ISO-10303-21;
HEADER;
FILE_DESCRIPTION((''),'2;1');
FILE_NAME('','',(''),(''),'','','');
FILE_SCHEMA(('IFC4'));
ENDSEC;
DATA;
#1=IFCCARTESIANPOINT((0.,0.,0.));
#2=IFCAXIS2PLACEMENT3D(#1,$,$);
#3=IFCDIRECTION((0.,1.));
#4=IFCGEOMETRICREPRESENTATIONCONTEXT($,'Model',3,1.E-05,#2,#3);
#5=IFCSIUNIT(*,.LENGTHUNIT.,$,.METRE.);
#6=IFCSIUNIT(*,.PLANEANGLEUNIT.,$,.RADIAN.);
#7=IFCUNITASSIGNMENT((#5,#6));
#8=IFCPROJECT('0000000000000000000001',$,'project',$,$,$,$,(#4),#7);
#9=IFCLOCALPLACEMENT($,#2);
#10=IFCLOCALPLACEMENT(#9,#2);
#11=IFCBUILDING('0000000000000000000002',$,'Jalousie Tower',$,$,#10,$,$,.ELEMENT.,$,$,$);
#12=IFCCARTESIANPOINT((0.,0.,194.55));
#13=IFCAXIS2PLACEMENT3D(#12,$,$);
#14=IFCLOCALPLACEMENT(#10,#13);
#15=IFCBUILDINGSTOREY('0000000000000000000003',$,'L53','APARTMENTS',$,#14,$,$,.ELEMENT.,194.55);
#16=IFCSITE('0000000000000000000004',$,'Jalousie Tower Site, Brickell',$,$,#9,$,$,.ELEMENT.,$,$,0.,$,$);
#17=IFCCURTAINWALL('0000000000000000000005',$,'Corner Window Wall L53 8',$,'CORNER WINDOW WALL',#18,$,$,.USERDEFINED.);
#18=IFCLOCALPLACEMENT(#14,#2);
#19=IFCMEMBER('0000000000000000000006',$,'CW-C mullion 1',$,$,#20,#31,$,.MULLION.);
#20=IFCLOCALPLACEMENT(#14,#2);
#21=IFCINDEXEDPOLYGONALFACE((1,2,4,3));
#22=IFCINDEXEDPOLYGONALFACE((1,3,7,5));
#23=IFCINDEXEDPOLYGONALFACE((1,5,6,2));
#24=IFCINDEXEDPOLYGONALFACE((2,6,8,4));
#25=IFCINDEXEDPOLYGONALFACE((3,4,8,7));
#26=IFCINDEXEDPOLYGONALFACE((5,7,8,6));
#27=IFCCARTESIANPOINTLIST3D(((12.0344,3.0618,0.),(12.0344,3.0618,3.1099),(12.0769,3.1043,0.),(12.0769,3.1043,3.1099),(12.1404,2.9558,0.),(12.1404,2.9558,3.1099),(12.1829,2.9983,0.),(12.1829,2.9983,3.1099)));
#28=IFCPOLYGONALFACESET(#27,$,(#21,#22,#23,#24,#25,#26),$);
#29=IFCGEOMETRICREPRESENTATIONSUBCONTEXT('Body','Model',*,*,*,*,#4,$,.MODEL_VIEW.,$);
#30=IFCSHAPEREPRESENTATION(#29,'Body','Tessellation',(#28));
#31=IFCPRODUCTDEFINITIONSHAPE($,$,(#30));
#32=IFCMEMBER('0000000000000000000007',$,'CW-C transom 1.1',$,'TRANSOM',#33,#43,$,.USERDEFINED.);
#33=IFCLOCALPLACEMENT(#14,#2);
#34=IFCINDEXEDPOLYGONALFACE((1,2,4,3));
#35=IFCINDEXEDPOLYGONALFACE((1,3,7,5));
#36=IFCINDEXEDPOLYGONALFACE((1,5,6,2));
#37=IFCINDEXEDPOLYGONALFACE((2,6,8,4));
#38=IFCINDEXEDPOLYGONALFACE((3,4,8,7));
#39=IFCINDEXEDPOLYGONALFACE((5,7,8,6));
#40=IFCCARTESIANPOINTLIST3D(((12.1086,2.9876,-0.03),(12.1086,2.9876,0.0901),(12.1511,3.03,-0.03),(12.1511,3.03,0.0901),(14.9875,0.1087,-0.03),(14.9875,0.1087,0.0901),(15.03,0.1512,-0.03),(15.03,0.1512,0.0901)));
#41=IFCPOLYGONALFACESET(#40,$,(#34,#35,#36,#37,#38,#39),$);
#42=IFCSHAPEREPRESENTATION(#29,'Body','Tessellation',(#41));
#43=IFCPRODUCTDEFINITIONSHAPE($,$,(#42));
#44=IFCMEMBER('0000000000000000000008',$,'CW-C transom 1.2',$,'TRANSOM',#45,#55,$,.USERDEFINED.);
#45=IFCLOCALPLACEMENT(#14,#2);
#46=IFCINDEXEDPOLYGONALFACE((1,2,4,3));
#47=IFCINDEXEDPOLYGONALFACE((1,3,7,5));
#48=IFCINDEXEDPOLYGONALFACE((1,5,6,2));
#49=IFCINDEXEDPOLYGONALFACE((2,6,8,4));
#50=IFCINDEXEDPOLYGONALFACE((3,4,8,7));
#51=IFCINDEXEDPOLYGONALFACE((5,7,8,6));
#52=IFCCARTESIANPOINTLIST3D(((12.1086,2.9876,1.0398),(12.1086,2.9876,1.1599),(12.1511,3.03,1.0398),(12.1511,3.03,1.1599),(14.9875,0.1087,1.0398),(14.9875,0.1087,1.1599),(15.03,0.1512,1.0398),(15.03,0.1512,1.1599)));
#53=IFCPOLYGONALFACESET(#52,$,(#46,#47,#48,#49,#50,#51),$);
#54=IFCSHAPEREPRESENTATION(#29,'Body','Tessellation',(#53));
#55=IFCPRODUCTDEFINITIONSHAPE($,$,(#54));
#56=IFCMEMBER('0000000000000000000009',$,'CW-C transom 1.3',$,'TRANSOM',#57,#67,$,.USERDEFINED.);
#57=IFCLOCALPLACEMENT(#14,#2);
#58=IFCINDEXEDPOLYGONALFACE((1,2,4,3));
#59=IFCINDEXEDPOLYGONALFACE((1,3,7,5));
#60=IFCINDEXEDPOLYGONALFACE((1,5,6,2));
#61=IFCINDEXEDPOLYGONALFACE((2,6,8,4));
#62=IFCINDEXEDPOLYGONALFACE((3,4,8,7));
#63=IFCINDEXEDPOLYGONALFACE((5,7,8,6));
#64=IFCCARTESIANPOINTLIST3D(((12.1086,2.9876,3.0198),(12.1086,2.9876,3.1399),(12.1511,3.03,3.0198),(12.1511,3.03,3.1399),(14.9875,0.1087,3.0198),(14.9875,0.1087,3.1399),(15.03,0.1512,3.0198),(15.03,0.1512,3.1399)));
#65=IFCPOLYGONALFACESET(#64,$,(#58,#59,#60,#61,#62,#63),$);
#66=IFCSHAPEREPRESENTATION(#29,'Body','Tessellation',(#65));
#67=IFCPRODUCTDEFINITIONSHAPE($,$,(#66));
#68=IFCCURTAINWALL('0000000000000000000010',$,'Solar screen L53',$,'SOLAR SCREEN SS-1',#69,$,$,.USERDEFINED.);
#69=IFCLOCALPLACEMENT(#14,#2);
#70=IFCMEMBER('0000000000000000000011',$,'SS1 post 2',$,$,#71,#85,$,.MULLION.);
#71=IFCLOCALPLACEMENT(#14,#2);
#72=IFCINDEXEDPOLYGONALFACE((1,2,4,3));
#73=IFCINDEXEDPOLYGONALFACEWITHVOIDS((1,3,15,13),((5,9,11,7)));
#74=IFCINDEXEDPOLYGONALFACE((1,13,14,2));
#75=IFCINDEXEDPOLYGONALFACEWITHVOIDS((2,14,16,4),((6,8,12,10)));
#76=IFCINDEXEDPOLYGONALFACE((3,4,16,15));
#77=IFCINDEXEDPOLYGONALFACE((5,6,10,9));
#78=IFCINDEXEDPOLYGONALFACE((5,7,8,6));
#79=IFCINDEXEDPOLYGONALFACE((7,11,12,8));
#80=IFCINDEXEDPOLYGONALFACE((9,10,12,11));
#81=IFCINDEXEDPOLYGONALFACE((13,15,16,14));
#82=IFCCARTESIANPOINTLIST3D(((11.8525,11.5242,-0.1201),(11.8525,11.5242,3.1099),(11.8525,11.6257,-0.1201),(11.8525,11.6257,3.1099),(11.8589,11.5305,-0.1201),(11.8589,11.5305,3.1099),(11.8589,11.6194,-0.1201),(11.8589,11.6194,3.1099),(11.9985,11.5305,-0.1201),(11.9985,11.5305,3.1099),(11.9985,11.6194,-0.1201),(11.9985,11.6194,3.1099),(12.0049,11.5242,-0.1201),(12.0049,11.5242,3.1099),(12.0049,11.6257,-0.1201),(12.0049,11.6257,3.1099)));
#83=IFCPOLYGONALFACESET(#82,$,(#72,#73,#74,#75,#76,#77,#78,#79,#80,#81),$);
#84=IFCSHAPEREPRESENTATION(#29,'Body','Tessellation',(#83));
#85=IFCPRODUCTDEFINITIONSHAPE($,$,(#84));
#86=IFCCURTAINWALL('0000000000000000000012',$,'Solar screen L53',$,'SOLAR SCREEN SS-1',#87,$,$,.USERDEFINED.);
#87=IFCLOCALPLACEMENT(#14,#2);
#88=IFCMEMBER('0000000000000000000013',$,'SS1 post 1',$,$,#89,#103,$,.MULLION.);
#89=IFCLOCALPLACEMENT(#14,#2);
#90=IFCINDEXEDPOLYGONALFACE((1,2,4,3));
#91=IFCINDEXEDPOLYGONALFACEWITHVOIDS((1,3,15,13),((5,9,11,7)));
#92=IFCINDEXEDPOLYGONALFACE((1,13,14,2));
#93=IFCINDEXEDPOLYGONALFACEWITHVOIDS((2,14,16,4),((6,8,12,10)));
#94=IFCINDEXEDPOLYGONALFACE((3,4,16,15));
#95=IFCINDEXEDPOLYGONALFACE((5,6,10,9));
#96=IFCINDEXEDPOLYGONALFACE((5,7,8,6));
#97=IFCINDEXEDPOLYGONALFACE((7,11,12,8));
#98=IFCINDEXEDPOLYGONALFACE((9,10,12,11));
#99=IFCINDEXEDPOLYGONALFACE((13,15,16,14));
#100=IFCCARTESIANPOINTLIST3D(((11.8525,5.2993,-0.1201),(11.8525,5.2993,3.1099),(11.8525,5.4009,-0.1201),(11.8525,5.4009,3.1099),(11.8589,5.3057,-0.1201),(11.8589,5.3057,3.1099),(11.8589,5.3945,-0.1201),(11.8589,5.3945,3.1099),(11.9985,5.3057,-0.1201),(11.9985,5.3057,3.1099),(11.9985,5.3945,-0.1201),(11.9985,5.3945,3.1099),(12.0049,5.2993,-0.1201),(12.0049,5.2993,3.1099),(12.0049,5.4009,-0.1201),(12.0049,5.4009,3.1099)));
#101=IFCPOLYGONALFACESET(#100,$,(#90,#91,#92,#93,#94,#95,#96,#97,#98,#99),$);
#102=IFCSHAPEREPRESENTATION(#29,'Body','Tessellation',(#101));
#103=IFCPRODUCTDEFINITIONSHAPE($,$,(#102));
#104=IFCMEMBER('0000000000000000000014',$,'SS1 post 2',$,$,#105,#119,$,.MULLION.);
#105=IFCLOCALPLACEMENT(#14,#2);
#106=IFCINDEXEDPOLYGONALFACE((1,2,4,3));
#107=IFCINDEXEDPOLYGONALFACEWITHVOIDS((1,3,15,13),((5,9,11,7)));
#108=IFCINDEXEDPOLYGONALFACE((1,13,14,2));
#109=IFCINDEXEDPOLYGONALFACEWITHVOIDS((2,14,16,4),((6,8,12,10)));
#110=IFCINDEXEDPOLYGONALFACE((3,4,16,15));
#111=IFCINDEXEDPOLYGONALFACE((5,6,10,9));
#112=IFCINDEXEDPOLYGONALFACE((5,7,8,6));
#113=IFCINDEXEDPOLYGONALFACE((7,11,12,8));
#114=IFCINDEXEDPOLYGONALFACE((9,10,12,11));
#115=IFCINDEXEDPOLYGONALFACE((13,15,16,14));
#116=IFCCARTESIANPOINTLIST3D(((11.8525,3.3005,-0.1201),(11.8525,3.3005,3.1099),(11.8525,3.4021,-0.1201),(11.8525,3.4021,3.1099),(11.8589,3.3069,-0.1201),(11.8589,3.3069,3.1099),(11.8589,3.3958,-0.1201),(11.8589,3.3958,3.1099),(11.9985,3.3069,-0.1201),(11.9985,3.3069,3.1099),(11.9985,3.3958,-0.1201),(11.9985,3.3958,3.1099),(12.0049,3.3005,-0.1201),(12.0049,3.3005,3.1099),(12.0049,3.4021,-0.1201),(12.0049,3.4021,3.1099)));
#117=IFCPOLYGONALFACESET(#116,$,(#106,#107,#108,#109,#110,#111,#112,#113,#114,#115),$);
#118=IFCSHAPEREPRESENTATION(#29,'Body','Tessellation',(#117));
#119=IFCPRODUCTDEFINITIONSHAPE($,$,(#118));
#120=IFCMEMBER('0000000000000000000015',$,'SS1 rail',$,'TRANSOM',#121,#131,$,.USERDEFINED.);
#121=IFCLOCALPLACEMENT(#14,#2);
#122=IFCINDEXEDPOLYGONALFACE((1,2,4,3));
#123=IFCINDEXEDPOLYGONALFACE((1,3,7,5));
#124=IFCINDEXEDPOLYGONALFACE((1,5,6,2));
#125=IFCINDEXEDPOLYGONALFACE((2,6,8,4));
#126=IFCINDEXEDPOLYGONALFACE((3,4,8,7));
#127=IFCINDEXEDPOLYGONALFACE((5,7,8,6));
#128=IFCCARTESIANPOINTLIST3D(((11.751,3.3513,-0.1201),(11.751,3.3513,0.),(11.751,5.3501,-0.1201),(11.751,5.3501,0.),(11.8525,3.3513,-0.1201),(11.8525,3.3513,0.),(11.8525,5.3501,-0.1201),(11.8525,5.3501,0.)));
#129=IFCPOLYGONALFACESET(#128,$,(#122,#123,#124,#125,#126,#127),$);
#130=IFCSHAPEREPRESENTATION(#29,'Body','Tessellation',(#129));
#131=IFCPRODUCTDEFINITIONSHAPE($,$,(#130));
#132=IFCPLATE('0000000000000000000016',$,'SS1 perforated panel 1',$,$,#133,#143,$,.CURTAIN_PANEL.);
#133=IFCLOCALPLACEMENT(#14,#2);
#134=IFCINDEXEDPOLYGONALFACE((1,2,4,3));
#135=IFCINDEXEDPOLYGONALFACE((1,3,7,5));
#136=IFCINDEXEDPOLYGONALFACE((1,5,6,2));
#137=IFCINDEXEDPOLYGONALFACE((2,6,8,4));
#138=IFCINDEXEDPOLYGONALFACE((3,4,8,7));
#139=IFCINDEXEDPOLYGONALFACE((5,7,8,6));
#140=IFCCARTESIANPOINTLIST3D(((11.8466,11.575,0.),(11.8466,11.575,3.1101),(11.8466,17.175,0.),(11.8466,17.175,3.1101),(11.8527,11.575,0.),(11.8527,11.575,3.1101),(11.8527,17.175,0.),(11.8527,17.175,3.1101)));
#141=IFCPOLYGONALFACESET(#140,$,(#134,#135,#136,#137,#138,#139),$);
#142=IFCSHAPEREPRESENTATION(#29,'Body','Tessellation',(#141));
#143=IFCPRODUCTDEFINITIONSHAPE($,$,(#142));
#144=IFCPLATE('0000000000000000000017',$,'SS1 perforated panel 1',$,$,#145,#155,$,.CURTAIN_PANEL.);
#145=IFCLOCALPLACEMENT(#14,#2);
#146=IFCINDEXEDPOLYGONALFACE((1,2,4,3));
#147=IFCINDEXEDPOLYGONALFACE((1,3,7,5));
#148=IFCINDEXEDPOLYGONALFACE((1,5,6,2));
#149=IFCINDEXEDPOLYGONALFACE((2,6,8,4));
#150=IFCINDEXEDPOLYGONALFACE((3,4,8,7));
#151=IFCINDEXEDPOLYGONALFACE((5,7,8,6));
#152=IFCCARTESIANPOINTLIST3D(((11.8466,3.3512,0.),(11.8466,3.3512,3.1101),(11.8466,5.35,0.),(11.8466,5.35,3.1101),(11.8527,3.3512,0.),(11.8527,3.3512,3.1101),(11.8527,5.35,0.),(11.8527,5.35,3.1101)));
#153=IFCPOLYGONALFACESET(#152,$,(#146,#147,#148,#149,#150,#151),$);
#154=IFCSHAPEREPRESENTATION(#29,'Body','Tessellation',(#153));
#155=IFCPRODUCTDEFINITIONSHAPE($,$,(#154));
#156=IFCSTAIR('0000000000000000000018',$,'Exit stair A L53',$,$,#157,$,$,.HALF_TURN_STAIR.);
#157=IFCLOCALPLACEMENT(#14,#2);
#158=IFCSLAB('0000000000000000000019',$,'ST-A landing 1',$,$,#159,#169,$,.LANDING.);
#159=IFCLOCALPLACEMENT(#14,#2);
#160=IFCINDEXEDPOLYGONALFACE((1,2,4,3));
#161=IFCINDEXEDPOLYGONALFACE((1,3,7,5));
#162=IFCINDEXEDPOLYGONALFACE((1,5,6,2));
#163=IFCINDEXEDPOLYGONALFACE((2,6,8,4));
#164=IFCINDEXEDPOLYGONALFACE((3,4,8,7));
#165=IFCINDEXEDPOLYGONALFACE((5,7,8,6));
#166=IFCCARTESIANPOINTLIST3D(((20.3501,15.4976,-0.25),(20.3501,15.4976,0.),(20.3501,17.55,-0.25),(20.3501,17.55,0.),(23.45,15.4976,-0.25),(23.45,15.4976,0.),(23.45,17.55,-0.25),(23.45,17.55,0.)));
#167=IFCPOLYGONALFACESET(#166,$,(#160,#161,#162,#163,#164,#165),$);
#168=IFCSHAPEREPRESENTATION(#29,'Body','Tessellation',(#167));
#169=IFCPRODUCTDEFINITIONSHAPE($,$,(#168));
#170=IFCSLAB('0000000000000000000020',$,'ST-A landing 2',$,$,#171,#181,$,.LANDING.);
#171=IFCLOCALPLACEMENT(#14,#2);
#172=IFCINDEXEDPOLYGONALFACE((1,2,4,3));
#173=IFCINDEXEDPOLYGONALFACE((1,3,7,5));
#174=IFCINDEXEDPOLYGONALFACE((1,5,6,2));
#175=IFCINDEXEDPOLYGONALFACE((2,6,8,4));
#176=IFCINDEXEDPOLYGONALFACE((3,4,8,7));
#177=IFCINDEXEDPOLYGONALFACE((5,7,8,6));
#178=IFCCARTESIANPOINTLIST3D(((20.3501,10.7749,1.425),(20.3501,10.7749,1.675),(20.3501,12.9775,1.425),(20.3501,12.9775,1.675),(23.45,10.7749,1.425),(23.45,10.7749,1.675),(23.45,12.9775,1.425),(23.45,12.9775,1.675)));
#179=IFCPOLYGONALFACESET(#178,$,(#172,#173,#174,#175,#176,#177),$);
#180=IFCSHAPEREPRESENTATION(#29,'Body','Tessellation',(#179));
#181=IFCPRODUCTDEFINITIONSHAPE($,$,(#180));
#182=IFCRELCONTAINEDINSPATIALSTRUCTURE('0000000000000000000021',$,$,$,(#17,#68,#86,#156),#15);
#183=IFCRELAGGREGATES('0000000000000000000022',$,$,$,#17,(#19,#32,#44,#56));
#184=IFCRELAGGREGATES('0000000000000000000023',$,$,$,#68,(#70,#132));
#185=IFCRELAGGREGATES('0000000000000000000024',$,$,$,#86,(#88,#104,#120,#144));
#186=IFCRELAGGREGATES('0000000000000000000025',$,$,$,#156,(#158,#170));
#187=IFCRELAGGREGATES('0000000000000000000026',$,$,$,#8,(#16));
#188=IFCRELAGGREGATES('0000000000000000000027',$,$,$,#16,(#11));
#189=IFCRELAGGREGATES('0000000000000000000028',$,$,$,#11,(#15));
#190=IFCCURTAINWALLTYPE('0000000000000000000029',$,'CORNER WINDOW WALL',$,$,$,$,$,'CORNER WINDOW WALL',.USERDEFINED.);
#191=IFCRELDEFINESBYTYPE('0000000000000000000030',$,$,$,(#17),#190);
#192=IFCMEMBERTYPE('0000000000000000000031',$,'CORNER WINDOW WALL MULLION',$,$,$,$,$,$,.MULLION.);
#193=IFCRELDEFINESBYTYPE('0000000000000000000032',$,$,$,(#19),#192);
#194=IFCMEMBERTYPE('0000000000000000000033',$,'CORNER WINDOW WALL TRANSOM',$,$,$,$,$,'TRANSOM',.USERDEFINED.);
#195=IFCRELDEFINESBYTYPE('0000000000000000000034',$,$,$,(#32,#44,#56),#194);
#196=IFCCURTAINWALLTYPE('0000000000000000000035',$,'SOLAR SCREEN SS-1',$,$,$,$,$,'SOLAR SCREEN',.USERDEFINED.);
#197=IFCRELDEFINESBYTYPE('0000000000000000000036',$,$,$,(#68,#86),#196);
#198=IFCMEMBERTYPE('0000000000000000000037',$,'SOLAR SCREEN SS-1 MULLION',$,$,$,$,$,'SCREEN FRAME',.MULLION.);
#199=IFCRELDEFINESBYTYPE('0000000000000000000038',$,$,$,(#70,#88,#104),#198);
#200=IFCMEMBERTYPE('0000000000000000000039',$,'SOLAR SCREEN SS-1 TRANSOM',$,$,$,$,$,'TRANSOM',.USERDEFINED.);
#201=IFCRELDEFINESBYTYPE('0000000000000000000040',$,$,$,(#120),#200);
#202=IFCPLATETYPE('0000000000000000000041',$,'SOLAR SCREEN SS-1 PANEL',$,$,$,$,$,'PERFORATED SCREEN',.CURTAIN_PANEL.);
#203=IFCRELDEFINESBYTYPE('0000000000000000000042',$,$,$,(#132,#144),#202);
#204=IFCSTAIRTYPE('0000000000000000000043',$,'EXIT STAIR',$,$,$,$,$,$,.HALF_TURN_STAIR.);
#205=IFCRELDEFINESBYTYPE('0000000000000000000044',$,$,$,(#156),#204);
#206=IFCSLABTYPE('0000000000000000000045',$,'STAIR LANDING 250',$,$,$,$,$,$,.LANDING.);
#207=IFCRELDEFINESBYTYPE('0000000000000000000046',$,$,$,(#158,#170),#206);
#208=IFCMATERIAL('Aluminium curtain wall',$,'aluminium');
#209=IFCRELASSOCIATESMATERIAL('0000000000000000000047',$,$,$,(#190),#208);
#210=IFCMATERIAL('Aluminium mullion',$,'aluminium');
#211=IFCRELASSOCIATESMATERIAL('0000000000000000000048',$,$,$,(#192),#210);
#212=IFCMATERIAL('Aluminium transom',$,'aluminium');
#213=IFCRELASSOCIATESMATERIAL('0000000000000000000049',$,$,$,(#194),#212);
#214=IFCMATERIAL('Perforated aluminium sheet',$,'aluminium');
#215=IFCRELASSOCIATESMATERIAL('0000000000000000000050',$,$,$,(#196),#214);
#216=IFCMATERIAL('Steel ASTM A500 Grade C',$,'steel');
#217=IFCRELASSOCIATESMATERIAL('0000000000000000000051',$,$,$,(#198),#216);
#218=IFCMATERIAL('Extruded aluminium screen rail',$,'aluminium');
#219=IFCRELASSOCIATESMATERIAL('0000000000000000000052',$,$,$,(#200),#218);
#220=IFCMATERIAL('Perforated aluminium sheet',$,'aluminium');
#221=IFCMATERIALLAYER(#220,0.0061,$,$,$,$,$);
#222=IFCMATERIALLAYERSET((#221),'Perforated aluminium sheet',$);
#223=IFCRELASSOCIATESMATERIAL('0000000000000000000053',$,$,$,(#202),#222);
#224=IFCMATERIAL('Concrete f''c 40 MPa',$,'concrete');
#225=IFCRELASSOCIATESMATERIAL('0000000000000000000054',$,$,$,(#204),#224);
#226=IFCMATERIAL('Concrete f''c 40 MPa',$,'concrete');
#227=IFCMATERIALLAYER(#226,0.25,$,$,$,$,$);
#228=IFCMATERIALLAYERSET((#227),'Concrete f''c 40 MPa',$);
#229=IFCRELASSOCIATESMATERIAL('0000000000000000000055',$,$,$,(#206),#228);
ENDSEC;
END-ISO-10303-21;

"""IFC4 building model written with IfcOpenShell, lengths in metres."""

from ifc_helpers import new_model, si_unit, direction, frame, origin, origin_2d, place, context, subcontext, project, spatial, polyline, rectangle, hollow_rectangle, outline, extrude, material, layer, layer_set, material_profile, profile_set, type_object, element, aggregate, save


model = new_model("IFC4")

# Units and contexts
model_context = context("Model", 3, precision=1e-05, world=origin(), true_north=direction((0.0, 1.0)))
body_context = subcontext(model_context, "Body", "Model", "MODEL_VIEW")
ifc_project = project(units=[si_unit("LENGTHUNIT", "METRE"), si_unit("PLANEANGLEUNIT", "RADIAN")], contexts=[model_context])

# Site, building, storey
site_placement = place(None, origin())
site = spatial("IfcSite", under=ifc_project, at=site_placement, Name="Jalousie Tower Site, Brickell", CompositionType="ELEMENT", RefElevation=0.0)
building_placement = place(site_placement, origin())
building = spatial("IfcBuilding", under=site, at=building_placement, Name="Jalousie Tower", CompositionType="ELEMENT")
storey_placement = place(building_placement, frame((0.0, 0.0, 194.55)))
storey = spatial("IfcBuildingStorey", under=building, at=storey_placement, Name="L53", Description="APARTMENTS", CompositionType="ELEMENT", Elevation=194.55)

# Curtain wall, members
ifc_material_1 = material(Name="Aluminium curtain wall", Category="aluminium")
curtain_wall_type_1 = type_object("IfcCurtainWallType", Name="CORNER WINDOW WALL", ElementType="CORNER WINDOW WALL", PredefinedType="USERDEFINED", material=ifc_material_1)
curtain_wall_1_placement = place(storey_placement, origin())
curtain_wall_1 = element("IfcCurtainWall", 1, at=curtain_wall_1_placement, inside=storey, type_object=curtain_wall_type_1, Name="Corner Window Wall L53 8", ObjectType="CORNER WINDOW WALL", PredefinedType="USERDEFINED")
ifc_material_2 = material(Name="Aluminium mullion", Category="aluminium")
ifc_material_profile_1 = material_profile(ifc_material_2, rectangle(XDim=0.0601, YDim=0.1499, at=origin_2d()), Name="MULLION 60x150")
ifc_profile_set_1 = profile_set([ifc_material_profile_1], Name="Aluminium mullion")
member_type_1 = type_object("IfcMemberType", Name="CORNER WINDOW WALL MULLION", PredefinedType="MULLION", material=ifc_profile_set_1)
member_1_placement = place(storey_placement, frame((12.1086, 3.03, 0.0), z_axis=(0.0, 0.0, 1.0), x_axis=(0.707107, 0.707107, 0.0)))
member_1 = element("IfcMember", 2, at=member_1_placement, type_object=member_type_1, Name="CW-C mullion 1", PredefinedType="MULLION", context=body_context, shape_type="SweptSolid", body=[
    extrude(rectangle(XDim=0.0601, YDim=0.1499, at=origin_2d()), origin(), (0.0, 0.0, 1.0), 3.1099),
])
ifc_material_3 = material(Name="Aluminium transom", Category="aluminium")
ifc_material_profile_2 = material_profile(ifc_material_3, rectangle(XDim=0.0601, YDim=0.1201, at=origin_2d()), Name="TRANSOM 60x120")
ifc_profile_set_2 = profile_set([ifc_material_profile_2], Name="Aluminium transom")
member_type_2 = type_object("IfcMemberType", Name="CORNER WINDOW WALL TRANSOM", ElementType="TRANSOM", PredefinedType="USERDEFINED", material=ifc_profile_set_2)
member_2_placement = place(storey_placement, frame((12.1299, 3.0088, 0.03), z_axis=(0.707107, -0.707107, 0.0), x_axis=(0.707107, 0.707107, 0.0)))
member_2 = element("IfcMember", 3, at=member_2_placement, type_object=member_type_2, Name="CW-C transom 1.1", ObjectType="TRANSOM", PredefinedType="USERDEFINED", context=body_context, shape_type="SweptSolid", body=[
    extrude(rectangle(XDim=0.0601, YDim=0.1201, at=origin_2d()), origin(), (0.0, 0.0, 1.0), 4.0713),
])
member_3_placement = place(storey_placement, frame((12.1299, 3.0088, 1.0999), z_axis=(0.707107, -0.707107, 0.0), x_axis=(0.707107, 0.707107, 0.0)))
member_3 = element("IfcMember", 4, at=member_3_placement, type_object=member_type_2, Name="CW-C transom 1.2", ObjectType="TRANSOM", PredefinedType="USERDEFINED", context=body_context, shape_type="SweptSolid", body=[
    extrude(rectangle(XDim=0.0601, YDim=0.1201, at=origin_2d()), origin(), (0.0, 0.0, 1.0), 4.0713),
])
member_4_placement = place(storey_placement, frame((12.1299, 3.0088, 3.0798), z_axis=(0.707107, -0.707107, 0.0), x_axis=(0.707107, 0.707107, 0.0)))
member_4 = element("IfcMember", 5, at=member_4_placement, type_object=member_type_2, Name="CW-C transom 1.3", ObjectType="TRANSOM", PredefinedType="USERDEFINED", context=body_context, shape_type="SweptSolid", body=[
    extrude(rectangle(XDim=0.0601, YDim=0.1201, at=origin_2d()), origin(), (0.0, 0.0, 1.0), 4.0713),
])
aggregate(curtain_wall_1, [member_1, member_2, member_3, member_4])

# Curtain wall, member
ifc_material_4 = material(Name="Perforated aluminium sheet", Category="aluminium")
curtain_wall_type_2 = type_object("IfcCurtainWallType", Name="SOLAR SCREEN SS-1", ElementType="SOLAR SCREEN", PredefinedType="USERDEFINED", material=ifc_material_4)
curtain_wall_2_placement = place(storey_placement, origin())
curtain_wall_2 = element("IfcCurtainWall", 6, at=curtain_wall_2_placement, inside=storey, type_object=curtain_wall_type_2, Name="Solar screen L53", ObjectType="SOLAR SCREEN SS-1", PredefinedType="USERDEFINED")
ifc_material_5 = material(Name="Steel ASTM A500 Grade C", Category="steel")
ifc_material_profile_3 = material_profile(ifc_material_5, hollow_rectangle(XDim=0.1016, YDim=0.1523, WallThickness=0.0063, at=origin_2d()), Name="HSS6X4X1/4")
ifc_profile_set_3 = profile_set([ifc_material_profile_3], Name="Steel ASTM A500 Grade C")
member_type_3 = type_object("IfcMemberType", Name="SOLAR SCREEN SS-1 MULLION", ElementType="SCREEN FRAME", PredefinedType="MULLION", material=ifc_profile_set_3)
member_5_placement = place(storey_placement, frame((11.9287, 11.575, -0.1201), z_axis=(0.0, 0.0, 1.0), x_axis=(0.0, -1.0, 0.0)))
member_5 = element("IfcMember", 7, at=member_5_placement, type_object=member_type_3, Name="SS1 post 2", PredefinedType="MULLION", context=body_context, shape_type="SweptSolid", body=[
    extrude(hollow_rectangle(XDim=0.1016, YDim=0.1523, WallThickness=0.0063, at=origin_2d()), origin(), (0.0, 0.0, 1.0), 3.23),
])

# Curtain wall, members
curtain_wall_3_placement = place(storey_placement, origin())
curtain_wall_3 = element("IfcCurtainWall", 8, at=curtain_wall_3_placement, inside=storey, type_object=curtain_wall_type_2, Name="Solar screen L53", ObjectType="SOLAR SCREEN SS-1", PredefinedType="USERDEFINED")
member_6_placement = place(storey_placement, frame((11.9287, 5.3501, -0.1201), z_axis=(0.0, 0.0, 1.0), x_axis=(0.0, -1.0, 0.0)))
member_6 = element("IfcMember", 9, at=member_6_placement, type_object=member_type_3, Name="SS1 post 1", PredefinedType="MULLION", context=body_context, shape_type="SweptSolid", body=[
    extrude(hollow_rectangle(XDim=0.1016, YDim=0.1523, WallThickness=0.0063, at=origin_2d()), origin(), (0.0, 0.0, 1.0), 3.23),
])
member_7_placement = place(storey_placement, frame((11.9287, 3.3513, -0.1201), z_axis=(0.0, 0.0, 1.0), x_axis=(0.0, -1.0, 0.0)))
member_7 = element("IfcMember", 10, at=member_7_placement, type_object=member_type_3, Name="SS1 post 2", PredefinedType="MULLION", context=body_context, shape_type="SweptSolid", body=[
    extrude(hollow_rectangle(XDim=0.1016, YDim=0.1523, WallThickness=0.0063, at=origin_2d()), origin(), (0.0, 0.0, 1.0), 3.23),
])
ifc_material_6 = material(Name="Extruded aluminium screen rail", Category="aluminium")
ifc_material_profile_4 = material_profile(ifc_material_6, rectangle(XDim=0.1016, YDim=0.1201, at=origin_2d()), Name="RAIL 102x120")
ifc_profile_set_4 = profile_set([ifc_material_profile_4], Name="Extruded aluminium screen rail")
member_type_4 = type_object("IfcMemberType", Name="SOLAR SCREEN SS-1 TRANSOM", ElementType="TRANSOM", PredefinedType="USERDEFINED", material=ifc_profile_set_4)
member_8_placement = place(storey_placement, frame((11.8018, 5.3501, -0.0601), z_axis=(0.0, -1.0, 0.0), x_axis=(1.0, 0.0, 0.0)))
member_8 = element("IfcMember", 11, at=member_8_placement, type_object=member_type_4, Name="SS1 rail", ObjectType="TRANSOM", PredefinedType="USERDEFINED", context=body_context, shape_type="SweptSolid", body=[
    extrude(rectangle(XDim=0.1016, YDim=0.1201, at=origin_2d()), origin(), (0.0, 0.0, 1.0), 1.9988),
])

# Plates
ifc_material_7 = material(Name="Perforated aluminium sheet", Category="aluminium")
ifc_layer_1 = layer(ifc_material_7, 0.0061)
ifc_layer_set_1 = layer_set([ifc_layer_1], Name="Perforated aluminium sheet")
plate_type = type_object("IfcPlateType", Name="SOLAR SCREEN SS-1 PANEL", ElementType="PERFORATED SCREEN", PredefinedType="CURTAIN_PANEL", material=ifc_layer_set_1)
plate_1_placement = place(storey_placement, frame((11.8496, 14.375, 0.0), z_axis=(0.0, 0.0, 1.0), x_axis=(0.0, -1.0, 0.0)))
plate_1 = element("IfcPlate", 12, at=plate_1_placement, type_object=plate_type, Name="SS1 perforated panel 1", PredefinedType="CURTAIN_PANEL", context=body_context, shape_type="SweptSolid", body=[
    extrude(rectangle(XDim=5.6001, YDim=0.0061, at=origin_2d()), origin(), (0.0, 0.0, 1.0), 3.1101),
])
aggregate(curtain_wall_2, [member_5, plate_1])
plate_2_placement = place(storey_placement, frame((11.8496, 4.3506, 0.0), z_axis=(0.0, 0.0, 1.0), x_axis=(0.0, -1.0, 0.0)))
plate_2 = element("IfcPlate", 13, at=plate_2_placement, type_object=plate_type, Name="SS1 perforated panel 1", PredefinedType="CURTAIN_PANEL", context=body_context, shape_type="SweptSolid", body=[
    extrude(rectangle(XDim=1.9988, YDim=0.0061, at=origin_2d()), origin(), (0.0, 0.0, 1.0), 3.1101),
])
aggregate(curtain_wall_3, [member_6, member_7, member_8, plate_2])

# Stair, slabs
ifc_material_8 = material(Name="Concrete f'c 40 MPa", Category="concrete")
stair_type = type_object("IfcStairType", Name="EXIT STAIR", PredefinedType="HALF_TURN_STAIR", material=ifc_material_8)
stair_1_placement = place(storey_placement, origin())
stair_1 = element("IfcStair", 14, at=stair_1_placement, inside=storey, type_object=stair_type, Name="Exit stair A L53", PredefinedType="HALF_TURN_STAIR")
ifc_material_9 = material(Name="Concrete f'c 40 MPa", Category="concrete")
ifc_layer_2 = layer(ifc_material_9, 0.25)
ifc_layer_set_2 = layer_set([ifc_layer_2], Name="Concrete f'c 40 MPa")
slab_type_1 = type_object("IfcSlabType", Name="STAIR LANDING 250", PredefinedType="LANDING", material=ifc_layer_set_2)
slab_1_placement = place(storey_placement, frame((0.0, 0.0, -0.25)))
slab_1 = element("IfcSlab", 15, at=slab_1_placement, type_object=slab_type_1, Name="ST-A landing 1", PredefinedType="LANDING", context=body_context, shape_type="SweptSolid", body=[
    extrude(outline(polyline([(20.3501, 15.4976), (23.45, 15.4976), (23.45, 17.55), (20.3501, 17.55), (20.3501, 15.4976)])), origin(), (0.0, 0.0, 1.0), 0.25),
])
slab_2_placement = place(storey_placement, frame((0.0, 0.0, 1.425)))
slab_2 = element("IfcSlab", 16, at=slab_2_placement, type_object=slab_type_1, Name="ST-A landing 2", PredefinedType="LANDING", context=body_context, shape_type="SweptSolid", body=[
    extrude(outline(polyline([(20.3501, 10.7749), (23.45, 10.7749), (23.45, 12.9775), (20.3501, 12.9775), (20.3501, 10.7749)])), origin(), (0.0, 0.0, 1.0), 0.25),
])
aggregate(stair_1, [slab_1, slab_2])

save(model, "model.ifc")
